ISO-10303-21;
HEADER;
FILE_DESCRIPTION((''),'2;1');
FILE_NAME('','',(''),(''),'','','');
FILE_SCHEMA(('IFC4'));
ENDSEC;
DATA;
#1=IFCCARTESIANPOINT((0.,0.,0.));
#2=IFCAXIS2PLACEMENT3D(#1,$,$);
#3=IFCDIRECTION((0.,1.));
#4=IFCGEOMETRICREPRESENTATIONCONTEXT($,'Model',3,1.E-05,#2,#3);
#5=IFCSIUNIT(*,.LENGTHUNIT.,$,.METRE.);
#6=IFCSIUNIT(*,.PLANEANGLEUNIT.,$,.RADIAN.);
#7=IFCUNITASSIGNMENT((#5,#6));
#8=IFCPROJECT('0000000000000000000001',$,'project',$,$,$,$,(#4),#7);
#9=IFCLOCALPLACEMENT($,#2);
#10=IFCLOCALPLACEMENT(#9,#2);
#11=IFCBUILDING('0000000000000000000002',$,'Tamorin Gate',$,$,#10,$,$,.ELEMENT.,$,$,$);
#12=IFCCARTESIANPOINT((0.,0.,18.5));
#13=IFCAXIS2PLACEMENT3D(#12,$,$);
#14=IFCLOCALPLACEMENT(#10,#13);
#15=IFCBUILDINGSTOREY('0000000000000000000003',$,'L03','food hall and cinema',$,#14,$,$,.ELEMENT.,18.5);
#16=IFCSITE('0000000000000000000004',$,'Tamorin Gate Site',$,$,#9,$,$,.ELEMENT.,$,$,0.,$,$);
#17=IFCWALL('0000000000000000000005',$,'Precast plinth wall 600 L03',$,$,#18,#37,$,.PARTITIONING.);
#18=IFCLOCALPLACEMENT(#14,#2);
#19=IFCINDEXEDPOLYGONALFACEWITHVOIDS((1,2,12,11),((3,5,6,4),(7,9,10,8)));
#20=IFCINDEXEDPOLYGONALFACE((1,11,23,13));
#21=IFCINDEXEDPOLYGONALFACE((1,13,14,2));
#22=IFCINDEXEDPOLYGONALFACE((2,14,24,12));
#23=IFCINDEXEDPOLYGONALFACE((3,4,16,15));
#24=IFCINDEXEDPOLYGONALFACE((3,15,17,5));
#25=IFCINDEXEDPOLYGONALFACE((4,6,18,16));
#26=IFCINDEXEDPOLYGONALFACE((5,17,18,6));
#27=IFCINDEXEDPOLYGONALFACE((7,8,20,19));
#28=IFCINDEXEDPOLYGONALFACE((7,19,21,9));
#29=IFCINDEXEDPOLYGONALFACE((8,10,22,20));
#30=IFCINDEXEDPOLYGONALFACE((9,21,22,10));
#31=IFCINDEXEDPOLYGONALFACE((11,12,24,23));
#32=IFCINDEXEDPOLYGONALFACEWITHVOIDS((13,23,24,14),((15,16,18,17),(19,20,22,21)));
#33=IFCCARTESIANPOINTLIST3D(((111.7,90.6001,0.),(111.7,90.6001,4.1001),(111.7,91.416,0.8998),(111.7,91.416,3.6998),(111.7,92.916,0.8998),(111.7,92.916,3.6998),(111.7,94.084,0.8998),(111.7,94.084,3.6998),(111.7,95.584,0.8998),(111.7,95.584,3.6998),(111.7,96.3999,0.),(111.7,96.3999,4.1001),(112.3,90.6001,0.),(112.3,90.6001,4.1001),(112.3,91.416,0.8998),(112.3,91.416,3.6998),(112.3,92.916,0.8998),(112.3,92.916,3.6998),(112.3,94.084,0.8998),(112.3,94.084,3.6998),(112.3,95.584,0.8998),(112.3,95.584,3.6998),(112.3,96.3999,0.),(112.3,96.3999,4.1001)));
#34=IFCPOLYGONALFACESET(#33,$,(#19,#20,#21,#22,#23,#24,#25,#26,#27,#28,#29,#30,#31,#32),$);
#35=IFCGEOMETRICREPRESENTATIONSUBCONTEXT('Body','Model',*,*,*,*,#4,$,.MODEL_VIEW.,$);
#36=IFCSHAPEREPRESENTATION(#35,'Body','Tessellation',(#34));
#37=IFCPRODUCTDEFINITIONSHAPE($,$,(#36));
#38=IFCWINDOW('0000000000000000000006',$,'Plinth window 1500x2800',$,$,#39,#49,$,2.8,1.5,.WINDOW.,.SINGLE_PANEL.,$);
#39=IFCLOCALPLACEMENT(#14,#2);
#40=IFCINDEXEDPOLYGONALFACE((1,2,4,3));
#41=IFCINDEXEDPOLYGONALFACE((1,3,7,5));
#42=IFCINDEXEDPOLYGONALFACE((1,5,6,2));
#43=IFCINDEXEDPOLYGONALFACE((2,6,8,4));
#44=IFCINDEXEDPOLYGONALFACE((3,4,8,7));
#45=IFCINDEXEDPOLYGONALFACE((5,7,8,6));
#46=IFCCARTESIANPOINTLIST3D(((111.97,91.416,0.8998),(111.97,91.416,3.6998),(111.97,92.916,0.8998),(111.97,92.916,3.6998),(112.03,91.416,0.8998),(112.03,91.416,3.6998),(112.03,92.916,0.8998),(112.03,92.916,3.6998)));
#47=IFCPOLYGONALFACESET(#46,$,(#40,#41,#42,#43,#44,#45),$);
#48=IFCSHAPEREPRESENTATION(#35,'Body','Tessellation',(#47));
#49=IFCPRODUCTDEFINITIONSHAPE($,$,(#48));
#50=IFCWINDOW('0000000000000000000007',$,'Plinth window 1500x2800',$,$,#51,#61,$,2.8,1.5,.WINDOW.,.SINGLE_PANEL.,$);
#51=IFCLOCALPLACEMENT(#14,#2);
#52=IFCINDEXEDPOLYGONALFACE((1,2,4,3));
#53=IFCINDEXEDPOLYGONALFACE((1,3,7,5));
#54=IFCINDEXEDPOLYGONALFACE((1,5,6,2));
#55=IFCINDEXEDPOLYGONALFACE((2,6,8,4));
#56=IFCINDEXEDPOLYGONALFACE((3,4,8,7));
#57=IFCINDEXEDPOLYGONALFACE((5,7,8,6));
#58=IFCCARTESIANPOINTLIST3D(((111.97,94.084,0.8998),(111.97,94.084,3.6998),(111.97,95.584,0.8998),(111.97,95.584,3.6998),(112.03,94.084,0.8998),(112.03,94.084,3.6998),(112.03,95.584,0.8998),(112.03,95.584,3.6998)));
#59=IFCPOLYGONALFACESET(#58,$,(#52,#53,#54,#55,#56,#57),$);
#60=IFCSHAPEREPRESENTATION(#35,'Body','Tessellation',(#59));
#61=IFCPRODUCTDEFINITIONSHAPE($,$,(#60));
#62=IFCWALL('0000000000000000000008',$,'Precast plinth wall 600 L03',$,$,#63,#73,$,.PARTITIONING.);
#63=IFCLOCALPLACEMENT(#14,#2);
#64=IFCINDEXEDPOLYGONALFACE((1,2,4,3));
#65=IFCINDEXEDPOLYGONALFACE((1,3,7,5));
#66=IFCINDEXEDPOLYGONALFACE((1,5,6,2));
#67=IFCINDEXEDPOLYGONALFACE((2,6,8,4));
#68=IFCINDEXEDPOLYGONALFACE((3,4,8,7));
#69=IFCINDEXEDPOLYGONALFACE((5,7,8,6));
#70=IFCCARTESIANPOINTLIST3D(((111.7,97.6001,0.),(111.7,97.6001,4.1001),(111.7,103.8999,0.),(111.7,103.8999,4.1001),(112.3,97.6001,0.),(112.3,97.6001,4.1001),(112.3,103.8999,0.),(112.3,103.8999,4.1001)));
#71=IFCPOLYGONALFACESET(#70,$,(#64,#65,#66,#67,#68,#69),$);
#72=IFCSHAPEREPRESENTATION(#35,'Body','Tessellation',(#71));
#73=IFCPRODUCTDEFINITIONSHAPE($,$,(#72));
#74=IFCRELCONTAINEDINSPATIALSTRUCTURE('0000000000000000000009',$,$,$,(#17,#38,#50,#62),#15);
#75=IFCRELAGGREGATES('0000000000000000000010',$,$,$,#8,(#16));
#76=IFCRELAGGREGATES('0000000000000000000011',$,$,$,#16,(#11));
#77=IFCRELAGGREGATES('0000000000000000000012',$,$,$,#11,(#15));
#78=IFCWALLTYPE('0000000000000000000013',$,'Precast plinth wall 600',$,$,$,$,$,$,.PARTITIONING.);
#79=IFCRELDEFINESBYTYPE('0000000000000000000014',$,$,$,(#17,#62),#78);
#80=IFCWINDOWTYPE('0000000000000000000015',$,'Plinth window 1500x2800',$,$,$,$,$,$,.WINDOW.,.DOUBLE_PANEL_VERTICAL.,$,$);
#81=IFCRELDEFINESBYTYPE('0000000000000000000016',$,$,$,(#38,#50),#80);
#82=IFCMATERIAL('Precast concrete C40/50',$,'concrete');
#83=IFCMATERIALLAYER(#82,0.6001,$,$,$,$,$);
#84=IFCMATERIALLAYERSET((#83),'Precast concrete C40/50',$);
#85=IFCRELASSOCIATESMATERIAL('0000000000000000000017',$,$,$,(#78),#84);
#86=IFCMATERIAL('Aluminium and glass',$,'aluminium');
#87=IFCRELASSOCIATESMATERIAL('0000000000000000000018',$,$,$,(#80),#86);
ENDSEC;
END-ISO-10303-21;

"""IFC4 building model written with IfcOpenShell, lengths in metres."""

from ifc_helpers import new_model, si_unit, direction, frame, frame_2d, origin, place, context, subcontext, project, spatial, rectangle, extrude, material, layer, layer_set, type_object, element, fill, save


model = new_model("IFC4")

# Units and contexts
model_context = context("Model", 3, precision=1e-05, world=origin(), true_north=direction((0.0, 1.0)))
body_context = subcontext(model_context, "Body", "Model", "MODEL_VIEW")
ifc_project = project(units=[si_unit("LENGTHUNIT", "METRE"), si_unit("PLANEANGLEUNIT", "RADIAN")], contexts=[model_context])

# Site, building, storey
site_placement = place(None, origin())
site = spatial("IfcSite", under=ifc_project, at=site_placement, Name="Tamorin Gate Site", CompositionType="ELEMENT", RefElevation=0.0)
building_placement = place(site_placement, origin())
building = spatial("IfcBuilding", under=site, at=building_placement, Name="Tamorin Gate", CompositionType="ELEMENT")
storey_placement = place(building_placement, frame((0.0, 0.0, 18.5)))
storey = spatial("IfcBuildingStorey", under=building, at=storey_placement, Name="L03", Description="food hall and cinema", CompositionType="ELEMENT", Elevation=18.5)

# Wall, openings, windows
ifc_material_1 = material(Name="Precast concrete C40/50", Category="concrete")
ifc_layer = layer(ifc_material_1, 0.6001)
ifc_layer_set = layer_set([ifc_layer], Name="Precast concrete C40/50")
wall_type = type_object("IfcWallType", Name="Precast plinth wall 600", PredefinedType="PARTITIONING", material=ifc_layer_set)
ifc_material_2 = material(Name="Aluminium and glass", Category="aluminium")
window_type = type_object("IfcWindowType", Name="Plinth window 1500x2800", PartitioningType="DOUBLE_PANEL_VERTICAL", PredefinedType="WINDOW", material=ifc_material_2)
wall_1_placement = place(storey_placement, frame((112.0, 90.6001, 0.0), z_axis=(0.0, 0.0, 1.0), x_axis=(0.0, 1.0, 0.0)))
wall_1 = element("IfcWall", 1, at=wall_1_placement, inside=storey, type_object=wall_type, Name="Precast plinth wall 600 L03", PredefinedType="PARTITIONING", context=body_context, shape_type="SweptSolid", body=[
    extrude(rectangle(XDim=5.7998, YDim=0.6001, at=frame_2d((2.8999, 0.0))), origin(), (0.0, 0.0, 1.0), 4.1001),
])
opening_1_placement = place(wall_1_placement, frame((0.8159, 0.0, 0.8999)))
opening_1 = element("IfcOpeningElement", 2, at=opening_1_placement, cuts=wall_1, PredefinedType="OPENING", context=body_context, shape_type="SweptSolid", body=[
    extrude(rectangle(XDim=1.5, YDim=2.8, at=frame_2d((0.75, 1.3999))), frame((0.0, 0.3101, 0.0), z_axis=(0.0, -1.0, 0.0), x_axis=(1.0, 0.0, 0.0)), (0.0, 0.0, 1.0), 0.6201),
])
opening_2_placement = place(wall_1_placement, frame((3.4839, 0.0, 0.8999)))
opening_2 = element("IfcOpeningElement", 3, at=opening_2_placement, cuts=wall_1, PredefinedType="OPENING", context=body_context, shape_type="SweptSolid", body=[
    extrude(rectangle(XDim=1.5, YDim=2.8, at=frame_2d((0.75, 1.3999))), frame((0.0, 0.3101, 0.0), z_axis=(0.0, -1.0, 0.0), x_axis=(1.0, 0.0, 0.0)), (0.0, 0.0, 1.0), 0.6201),
])
window_1_placement = place(opening_1_placement, origin())
window_1 = element("IfcWindow", 4, at=window_1_placement, inside=storey, type_object=window_type, Name="Plinth window 1500x2800", OverallHeight=2.8, OverallWidth=1.5, PartitioningType="SINGLE_PANEL", PredefinedType="WINDOW", context=body_context, shape_type="SweptSolid", body=[
    extrude(rectangle(XDim=1.5, YDim=2.8, at=frame_2d((0.75, 1.3999))), frame((0.0, 0.03, 0.0), z_axis=(0.0, -1.0, 0.0), x_axis=(1.0, 0.0, 0.0)), (0.0, 0.0, 1.0), 0.0601),
])
fill(opening_1, window_1)
window_2_placement = place(opening_2_placement, origin())
window_2 = element("IfcWindow", 5, at=window_2_placement, inside=storey, type_object=window_type, Name="Plinth window 1500x2800", OverallHeight=2.8, OverallWidth=1.5, PartitioningType="SINGLE_PANEL", PredefinedType="WINDOW", context=body_context, shape_type="SweptSolid", body=[
    extrude(rectangle(XDim=1.5, YDim=2.8, at=frame_2d((0.75, 1.3999))), frame((0.0, 0.03, 0.0), z_axis=(0.0, -1.0, 0.0), x_axis=(1.0, 0.0, 0.0)), (0.0, 0.0, 1.0), 0.0601),
])
fill(opening_2, window_2)

# Wall
wall_2_placement = place(storey_placement, frame((112.0, 97.6001, 0.0), z_axis=(0.0, 0.0, 1.0), x_axis=(0.0, 1.0, 0.0)))
element("IfcWall", 6, at=wall_2_placement, inside=storey, type_object=wall_type, Name="Precast plinth wall 600 L03", PredefinedType="PARTITIONING", context=body_context, shape_type="SweptSolid", body=[
    extrude(rectangle(XDim=6.2998, YDim=0.6001, at=frame_2d((3.1499, 0.0))), origin(), (0.0, 0.0, 1.0), 4.1001),
])

save(model, "model.ifc")
